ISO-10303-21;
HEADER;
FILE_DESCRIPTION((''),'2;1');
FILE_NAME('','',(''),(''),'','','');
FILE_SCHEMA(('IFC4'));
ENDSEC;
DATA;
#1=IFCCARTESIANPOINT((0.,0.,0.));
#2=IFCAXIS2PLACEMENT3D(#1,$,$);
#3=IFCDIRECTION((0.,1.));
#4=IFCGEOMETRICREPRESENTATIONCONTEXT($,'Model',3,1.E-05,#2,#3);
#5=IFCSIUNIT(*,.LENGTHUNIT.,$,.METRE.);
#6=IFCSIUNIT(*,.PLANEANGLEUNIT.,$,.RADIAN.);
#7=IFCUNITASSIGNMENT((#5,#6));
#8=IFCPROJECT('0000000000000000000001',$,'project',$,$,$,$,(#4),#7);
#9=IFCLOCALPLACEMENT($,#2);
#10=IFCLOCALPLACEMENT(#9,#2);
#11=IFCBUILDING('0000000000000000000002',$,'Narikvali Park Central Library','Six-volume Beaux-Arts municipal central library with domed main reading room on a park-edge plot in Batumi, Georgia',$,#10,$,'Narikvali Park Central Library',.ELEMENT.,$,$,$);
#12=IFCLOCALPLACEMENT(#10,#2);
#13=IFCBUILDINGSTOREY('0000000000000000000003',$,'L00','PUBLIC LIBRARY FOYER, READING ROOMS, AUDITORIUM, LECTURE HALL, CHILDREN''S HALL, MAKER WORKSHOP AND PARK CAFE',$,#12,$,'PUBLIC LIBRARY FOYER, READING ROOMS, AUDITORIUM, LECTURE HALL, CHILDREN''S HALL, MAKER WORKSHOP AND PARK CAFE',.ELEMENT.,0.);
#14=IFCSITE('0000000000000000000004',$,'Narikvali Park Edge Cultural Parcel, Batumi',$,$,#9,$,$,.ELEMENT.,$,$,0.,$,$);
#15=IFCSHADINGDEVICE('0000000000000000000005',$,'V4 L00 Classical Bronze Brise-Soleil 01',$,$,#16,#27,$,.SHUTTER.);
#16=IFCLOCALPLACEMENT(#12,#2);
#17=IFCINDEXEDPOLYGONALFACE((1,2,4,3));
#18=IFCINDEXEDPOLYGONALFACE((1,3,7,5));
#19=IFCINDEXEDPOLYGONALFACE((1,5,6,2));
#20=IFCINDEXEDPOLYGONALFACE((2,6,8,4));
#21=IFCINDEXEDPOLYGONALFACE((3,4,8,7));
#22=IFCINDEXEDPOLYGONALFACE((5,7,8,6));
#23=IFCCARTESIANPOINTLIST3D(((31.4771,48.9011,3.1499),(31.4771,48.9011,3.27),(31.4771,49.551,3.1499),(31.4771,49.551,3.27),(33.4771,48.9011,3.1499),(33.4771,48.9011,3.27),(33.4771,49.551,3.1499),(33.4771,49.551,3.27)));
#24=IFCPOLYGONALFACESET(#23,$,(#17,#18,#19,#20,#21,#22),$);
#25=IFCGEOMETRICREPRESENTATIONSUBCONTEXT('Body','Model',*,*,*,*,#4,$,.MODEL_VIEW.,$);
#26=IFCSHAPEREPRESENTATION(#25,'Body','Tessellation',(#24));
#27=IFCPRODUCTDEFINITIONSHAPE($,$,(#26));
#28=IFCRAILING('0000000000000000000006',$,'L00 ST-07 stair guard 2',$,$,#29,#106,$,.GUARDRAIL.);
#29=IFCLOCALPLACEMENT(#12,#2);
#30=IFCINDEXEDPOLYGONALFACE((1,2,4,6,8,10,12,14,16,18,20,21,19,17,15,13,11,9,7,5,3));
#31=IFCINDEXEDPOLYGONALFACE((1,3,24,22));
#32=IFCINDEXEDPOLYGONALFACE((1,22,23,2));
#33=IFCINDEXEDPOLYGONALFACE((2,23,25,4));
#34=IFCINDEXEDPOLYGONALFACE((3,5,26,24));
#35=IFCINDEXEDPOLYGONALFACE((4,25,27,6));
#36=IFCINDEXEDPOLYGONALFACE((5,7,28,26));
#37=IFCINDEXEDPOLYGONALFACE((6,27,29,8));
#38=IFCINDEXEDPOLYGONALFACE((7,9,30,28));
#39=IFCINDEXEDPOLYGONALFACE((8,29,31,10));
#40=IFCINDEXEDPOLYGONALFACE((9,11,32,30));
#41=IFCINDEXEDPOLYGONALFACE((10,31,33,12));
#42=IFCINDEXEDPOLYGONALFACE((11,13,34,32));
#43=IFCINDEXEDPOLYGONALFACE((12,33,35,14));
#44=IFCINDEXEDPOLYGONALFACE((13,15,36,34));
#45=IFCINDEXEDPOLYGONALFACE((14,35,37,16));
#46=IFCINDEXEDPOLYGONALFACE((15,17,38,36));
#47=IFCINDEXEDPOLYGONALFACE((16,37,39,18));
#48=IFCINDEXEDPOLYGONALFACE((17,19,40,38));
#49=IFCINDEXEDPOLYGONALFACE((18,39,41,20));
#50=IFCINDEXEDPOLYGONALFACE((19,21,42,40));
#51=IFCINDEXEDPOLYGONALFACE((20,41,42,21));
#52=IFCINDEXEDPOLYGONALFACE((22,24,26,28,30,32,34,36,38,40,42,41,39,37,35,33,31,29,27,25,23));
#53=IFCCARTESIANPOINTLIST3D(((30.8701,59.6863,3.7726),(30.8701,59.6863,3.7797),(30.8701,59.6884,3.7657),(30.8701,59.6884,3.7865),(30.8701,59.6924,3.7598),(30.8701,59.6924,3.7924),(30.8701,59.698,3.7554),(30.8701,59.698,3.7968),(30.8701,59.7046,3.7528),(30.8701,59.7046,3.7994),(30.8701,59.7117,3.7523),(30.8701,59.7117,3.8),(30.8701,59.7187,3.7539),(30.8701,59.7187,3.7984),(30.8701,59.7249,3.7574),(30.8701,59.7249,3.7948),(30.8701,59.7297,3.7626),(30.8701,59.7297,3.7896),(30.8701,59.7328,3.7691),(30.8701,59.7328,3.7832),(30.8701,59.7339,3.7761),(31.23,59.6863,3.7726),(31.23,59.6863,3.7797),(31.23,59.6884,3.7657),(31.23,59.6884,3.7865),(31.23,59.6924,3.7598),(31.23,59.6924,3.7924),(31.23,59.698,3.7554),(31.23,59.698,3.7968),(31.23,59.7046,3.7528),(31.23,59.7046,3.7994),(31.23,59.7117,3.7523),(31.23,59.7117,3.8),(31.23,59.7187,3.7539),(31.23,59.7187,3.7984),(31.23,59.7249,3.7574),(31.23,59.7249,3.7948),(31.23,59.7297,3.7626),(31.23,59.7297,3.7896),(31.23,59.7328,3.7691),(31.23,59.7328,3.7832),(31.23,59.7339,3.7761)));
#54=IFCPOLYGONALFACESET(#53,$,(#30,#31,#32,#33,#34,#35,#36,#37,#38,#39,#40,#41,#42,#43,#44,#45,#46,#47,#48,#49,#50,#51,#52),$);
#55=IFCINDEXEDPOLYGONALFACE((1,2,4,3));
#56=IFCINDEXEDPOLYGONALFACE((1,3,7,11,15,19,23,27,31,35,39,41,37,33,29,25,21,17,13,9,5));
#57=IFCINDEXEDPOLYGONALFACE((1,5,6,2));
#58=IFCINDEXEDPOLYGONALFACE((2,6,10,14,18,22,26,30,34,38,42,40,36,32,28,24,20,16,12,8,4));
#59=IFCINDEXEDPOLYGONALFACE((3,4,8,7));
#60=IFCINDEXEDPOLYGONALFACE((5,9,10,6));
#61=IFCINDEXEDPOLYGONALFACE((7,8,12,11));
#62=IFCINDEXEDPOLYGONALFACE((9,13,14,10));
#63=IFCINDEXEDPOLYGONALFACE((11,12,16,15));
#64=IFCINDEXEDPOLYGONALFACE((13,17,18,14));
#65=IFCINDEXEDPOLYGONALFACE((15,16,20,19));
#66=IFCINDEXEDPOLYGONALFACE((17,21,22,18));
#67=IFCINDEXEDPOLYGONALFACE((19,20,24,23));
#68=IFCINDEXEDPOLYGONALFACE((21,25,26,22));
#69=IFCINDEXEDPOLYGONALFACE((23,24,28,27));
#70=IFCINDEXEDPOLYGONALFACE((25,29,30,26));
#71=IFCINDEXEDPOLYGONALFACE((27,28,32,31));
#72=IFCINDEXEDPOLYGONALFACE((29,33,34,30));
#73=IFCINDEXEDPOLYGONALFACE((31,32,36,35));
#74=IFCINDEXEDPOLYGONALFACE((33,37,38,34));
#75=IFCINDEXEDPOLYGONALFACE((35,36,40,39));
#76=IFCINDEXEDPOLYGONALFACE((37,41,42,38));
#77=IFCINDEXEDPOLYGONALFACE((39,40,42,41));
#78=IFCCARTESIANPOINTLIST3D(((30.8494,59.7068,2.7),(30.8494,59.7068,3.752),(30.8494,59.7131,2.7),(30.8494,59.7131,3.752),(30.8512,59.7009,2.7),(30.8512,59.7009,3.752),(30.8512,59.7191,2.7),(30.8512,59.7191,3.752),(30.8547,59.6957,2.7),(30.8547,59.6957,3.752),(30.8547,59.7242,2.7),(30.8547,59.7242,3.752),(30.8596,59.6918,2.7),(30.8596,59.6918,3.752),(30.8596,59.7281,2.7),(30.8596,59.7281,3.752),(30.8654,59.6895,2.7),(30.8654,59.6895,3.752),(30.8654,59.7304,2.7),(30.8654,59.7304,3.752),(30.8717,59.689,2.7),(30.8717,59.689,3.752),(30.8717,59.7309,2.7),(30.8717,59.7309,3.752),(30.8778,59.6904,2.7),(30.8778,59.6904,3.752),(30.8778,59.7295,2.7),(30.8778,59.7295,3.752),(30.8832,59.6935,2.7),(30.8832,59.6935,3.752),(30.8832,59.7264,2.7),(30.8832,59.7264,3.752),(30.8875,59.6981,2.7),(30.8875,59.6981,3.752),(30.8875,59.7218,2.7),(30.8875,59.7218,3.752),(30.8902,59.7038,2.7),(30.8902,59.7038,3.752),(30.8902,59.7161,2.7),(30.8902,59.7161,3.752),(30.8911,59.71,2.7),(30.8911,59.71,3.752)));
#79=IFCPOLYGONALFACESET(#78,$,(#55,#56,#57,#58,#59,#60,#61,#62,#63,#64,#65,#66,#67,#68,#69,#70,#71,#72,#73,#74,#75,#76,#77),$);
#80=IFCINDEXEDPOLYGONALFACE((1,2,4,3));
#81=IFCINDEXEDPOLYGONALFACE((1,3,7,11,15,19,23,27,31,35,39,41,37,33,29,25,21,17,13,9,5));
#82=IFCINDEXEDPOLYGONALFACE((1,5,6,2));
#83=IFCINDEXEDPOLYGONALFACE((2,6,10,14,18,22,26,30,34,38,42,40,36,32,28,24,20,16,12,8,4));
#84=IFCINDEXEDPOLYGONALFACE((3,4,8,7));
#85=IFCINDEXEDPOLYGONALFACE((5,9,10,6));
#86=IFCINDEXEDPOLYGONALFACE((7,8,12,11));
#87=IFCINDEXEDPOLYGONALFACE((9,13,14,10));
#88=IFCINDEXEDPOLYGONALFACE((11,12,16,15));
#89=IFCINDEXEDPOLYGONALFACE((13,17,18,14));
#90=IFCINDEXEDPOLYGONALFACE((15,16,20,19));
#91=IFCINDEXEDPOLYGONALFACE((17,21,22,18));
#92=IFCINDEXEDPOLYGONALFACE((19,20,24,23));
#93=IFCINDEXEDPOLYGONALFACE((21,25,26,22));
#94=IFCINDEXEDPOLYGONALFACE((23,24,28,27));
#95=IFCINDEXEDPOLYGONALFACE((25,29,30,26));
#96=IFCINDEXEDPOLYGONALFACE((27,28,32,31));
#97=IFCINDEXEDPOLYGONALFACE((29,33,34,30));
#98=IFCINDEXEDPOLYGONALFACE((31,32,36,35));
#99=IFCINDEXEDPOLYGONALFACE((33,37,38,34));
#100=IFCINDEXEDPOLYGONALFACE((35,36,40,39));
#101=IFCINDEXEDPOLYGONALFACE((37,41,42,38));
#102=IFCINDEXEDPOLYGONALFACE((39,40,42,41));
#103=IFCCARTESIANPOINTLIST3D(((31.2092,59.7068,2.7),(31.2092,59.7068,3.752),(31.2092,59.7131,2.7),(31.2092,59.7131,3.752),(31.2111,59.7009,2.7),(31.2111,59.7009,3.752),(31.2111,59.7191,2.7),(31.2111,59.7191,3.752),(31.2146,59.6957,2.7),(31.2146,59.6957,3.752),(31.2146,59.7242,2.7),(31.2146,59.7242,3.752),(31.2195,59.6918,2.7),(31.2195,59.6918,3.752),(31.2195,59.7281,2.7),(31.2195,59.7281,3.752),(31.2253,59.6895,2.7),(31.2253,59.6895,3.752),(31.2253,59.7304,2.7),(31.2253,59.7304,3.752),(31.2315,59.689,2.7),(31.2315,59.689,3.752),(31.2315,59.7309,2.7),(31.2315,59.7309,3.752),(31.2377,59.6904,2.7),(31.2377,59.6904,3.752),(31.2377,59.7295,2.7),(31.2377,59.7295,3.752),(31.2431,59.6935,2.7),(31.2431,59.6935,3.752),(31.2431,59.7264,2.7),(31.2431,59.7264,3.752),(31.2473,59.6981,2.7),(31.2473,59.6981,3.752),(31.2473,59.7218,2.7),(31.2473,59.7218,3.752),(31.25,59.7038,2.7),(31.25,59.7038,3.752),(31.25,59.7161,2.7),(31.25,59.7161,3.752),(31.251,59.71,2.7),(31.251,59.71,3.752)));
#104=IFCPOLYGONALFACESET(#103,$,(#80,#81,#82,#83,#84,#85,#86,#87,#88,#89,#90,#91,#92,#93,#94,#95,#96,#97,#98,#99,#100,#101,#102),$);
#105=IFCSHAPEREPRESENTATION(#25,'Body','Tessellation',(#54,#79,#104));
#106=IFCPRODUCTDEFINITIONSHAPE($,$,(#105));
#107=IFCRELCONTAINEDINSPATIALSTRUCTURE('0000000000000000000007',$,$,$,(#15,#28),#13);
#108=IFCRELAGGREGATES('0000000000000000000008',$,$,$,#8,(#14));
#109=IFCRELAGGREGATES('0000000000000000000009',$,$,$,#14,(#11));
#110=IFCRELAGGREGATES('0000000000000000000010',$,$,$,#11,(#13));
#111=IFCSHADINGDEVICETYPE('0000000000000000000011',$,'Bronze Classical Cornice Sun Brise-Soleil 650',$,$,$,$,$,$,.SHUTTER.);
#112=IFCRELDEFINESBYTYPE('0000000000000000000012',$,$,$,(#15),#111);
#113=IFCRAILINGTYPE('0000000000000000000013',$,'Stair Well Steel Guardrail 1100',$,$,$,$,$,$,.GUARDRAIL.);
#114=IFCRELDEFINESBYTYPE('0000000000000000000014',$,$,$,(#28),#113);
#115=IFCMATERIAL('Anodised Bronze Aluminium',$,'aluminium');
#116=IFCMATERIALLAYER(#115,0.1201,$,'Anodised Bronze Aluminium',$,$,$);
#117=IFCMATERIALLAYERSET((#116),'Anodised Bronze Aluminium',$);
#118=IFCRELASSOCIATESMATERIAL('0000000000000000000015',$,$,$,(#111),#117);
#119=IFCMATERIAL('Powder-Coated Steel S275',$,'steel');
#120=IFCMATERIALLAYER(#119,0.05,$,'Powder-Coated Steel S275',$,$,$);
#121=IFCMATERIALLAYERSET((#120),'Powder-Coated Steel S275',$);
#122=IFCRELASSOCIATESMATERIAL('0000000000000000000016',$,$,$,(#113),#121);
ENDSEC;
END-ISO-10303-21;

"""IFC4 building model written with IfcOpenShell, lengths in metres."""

from ifc_helpers import new_model, si_unit, direction, frame, origin, origin_2d, place, context, subcontext, project, spatial, rectangle, circle, extrude, material, layer, layer_set, type_object, element, save


model = new_model("IFC4")

# Units and contexts
model_context = context("Model", 3, precision=1e-05, world=origin(), true_north=direction((0.0, 1.0)))
body_context = subcontext(model_context, "Body", "Model", "MODEL_VIEW")
ifc_project = project(units=[si_unit("LENGTHUNIT", "METRE"), si_unit("PLANEANGLEUNIT", "RADIAN")], contexts=[model_context])

# Site, building, storey
site_placement = place(None, origin())
site = spatial("IfcSite", under=ifc_project, at=site_placement, Name="Narikvali Park Edge Cultural Parcel, Batumi", CompositionType="ELEMENT", RefElevation=0.0)
building_placement = place(site_placement, origin())
building = spatial("IfcBuilding", under=site, at=building_placement, Name="Narikvali Park Central Library", Description="Six-volume Beaux-Arts municipal central library with domed main reading room on a park-edge plot in Batumi, Georgia", LongName="Narikvali Park Central Library", CompositionType="ELEMENT")
storey_placement = place(building_placement, origin())
storey = spatial("IfcBuildingStorey", under=building, at=storey_placement, Name="L00", Description="PUBLIC LIBRARY FOYER, READING ROOMS, AUDITORIUM, LECTURE HALL, CHILDREN'S HALL, MAKER WORKSHOP AND PARK CAFE", LongName="PUBLIC LIBRARY FOYER, READING ROOMS, AUDITORIUM, LECTURE HALL, CHILDREN'S HALL, MAKER WORKSHOP AND PARK CAFE", CompositionType="ELEMENT", Elevation=0.0)

# Shading device
ifc_material_1 = material(Name="Anodised Bronze Aluminium", Category="aluminium")
ifc_layer_1 = layer(ifc_material_1, 0.1201, Name="Anodised Bronze Aluminium")
ifc_layer_set_1 = layer_set([ifc_layer_1], Name="Anodised Bronze Aluminium")
shading_device_type = type_object("IfcShadingDeviceType", Name="Bronze Classical Cornice Sun Brise-Soleil 650", PredefinedType="SHUTTER", material=ifc_layer_set_1)
shading_device_placement = place(storey_placement, frame((32.4771, 49.2261, 3.1499), z_axis=(0.0, 0.0, 1.0), x_axis=(1.0, 0.0, 0.0)))
element("IfcShadingDevice", 1, at=shading_device_placement, inside=storey, type_object=shading_device_type, Name="V4 L00 Classical Bronze Brise-Soleil 01", PredefinedType="SHUTTER", context=body_context, shape_type="SweptSolid", body=[
    extrude(rectangle(XDim=2.0, YDim=0.6499, at=origin_2d()), origin(), (0.0, 0.0, 1.0), 0.1201),
])

# Railing
ifc_material_2 = material(Name="Powder-Coated Steel S275", Category="steel")
ifc_layer_2 = layer(ifc_material_2, 0.05, Name="Powder-Coated Steel S275")
ifc_layer_set_2 = layer_set([ifc_layer_2], Name="Powder-Coated Steel S275")
railing_type = type_object("IfcRailingType", Name="Stair Well Steel Guardrail 1100", PredefinedType="GUARDRAIL", material=ifc_layer_set_2)
railing_1_placement = place(storey_placement, frame((30.8701, 59.71, 2.7)))
element("IfcRailing", 2, at=railing_1_placement, inside=storey, type_object=railing_type, Name="L00 ST-07 stair guard 2", PredefinedType="GUARDRAIL", context=body_context, shape_type="SweptSolid", body=[
    extrude(circle(Radius=0.0239, at=origin_2d()), frame((0.0, 0.0, 1.0762), z_axis=(1.0, 0.0, 0.0), x_axis=(0.0, 1.0, 0.0)), (0.0, 0.0, 1.0), 0.3599),
    extrude(circle(Radius=0.021, at=origin_2d()), origin(), (0.0, 0.0, 1.0), 1.052),
    extrude(circle(Radius=0.021, at=origin_2d()), frame((0.3599, 0.0, 0.0)), (0.0, 0.0, 1.0), 1.052),
])

save(model, "model.ifc")
